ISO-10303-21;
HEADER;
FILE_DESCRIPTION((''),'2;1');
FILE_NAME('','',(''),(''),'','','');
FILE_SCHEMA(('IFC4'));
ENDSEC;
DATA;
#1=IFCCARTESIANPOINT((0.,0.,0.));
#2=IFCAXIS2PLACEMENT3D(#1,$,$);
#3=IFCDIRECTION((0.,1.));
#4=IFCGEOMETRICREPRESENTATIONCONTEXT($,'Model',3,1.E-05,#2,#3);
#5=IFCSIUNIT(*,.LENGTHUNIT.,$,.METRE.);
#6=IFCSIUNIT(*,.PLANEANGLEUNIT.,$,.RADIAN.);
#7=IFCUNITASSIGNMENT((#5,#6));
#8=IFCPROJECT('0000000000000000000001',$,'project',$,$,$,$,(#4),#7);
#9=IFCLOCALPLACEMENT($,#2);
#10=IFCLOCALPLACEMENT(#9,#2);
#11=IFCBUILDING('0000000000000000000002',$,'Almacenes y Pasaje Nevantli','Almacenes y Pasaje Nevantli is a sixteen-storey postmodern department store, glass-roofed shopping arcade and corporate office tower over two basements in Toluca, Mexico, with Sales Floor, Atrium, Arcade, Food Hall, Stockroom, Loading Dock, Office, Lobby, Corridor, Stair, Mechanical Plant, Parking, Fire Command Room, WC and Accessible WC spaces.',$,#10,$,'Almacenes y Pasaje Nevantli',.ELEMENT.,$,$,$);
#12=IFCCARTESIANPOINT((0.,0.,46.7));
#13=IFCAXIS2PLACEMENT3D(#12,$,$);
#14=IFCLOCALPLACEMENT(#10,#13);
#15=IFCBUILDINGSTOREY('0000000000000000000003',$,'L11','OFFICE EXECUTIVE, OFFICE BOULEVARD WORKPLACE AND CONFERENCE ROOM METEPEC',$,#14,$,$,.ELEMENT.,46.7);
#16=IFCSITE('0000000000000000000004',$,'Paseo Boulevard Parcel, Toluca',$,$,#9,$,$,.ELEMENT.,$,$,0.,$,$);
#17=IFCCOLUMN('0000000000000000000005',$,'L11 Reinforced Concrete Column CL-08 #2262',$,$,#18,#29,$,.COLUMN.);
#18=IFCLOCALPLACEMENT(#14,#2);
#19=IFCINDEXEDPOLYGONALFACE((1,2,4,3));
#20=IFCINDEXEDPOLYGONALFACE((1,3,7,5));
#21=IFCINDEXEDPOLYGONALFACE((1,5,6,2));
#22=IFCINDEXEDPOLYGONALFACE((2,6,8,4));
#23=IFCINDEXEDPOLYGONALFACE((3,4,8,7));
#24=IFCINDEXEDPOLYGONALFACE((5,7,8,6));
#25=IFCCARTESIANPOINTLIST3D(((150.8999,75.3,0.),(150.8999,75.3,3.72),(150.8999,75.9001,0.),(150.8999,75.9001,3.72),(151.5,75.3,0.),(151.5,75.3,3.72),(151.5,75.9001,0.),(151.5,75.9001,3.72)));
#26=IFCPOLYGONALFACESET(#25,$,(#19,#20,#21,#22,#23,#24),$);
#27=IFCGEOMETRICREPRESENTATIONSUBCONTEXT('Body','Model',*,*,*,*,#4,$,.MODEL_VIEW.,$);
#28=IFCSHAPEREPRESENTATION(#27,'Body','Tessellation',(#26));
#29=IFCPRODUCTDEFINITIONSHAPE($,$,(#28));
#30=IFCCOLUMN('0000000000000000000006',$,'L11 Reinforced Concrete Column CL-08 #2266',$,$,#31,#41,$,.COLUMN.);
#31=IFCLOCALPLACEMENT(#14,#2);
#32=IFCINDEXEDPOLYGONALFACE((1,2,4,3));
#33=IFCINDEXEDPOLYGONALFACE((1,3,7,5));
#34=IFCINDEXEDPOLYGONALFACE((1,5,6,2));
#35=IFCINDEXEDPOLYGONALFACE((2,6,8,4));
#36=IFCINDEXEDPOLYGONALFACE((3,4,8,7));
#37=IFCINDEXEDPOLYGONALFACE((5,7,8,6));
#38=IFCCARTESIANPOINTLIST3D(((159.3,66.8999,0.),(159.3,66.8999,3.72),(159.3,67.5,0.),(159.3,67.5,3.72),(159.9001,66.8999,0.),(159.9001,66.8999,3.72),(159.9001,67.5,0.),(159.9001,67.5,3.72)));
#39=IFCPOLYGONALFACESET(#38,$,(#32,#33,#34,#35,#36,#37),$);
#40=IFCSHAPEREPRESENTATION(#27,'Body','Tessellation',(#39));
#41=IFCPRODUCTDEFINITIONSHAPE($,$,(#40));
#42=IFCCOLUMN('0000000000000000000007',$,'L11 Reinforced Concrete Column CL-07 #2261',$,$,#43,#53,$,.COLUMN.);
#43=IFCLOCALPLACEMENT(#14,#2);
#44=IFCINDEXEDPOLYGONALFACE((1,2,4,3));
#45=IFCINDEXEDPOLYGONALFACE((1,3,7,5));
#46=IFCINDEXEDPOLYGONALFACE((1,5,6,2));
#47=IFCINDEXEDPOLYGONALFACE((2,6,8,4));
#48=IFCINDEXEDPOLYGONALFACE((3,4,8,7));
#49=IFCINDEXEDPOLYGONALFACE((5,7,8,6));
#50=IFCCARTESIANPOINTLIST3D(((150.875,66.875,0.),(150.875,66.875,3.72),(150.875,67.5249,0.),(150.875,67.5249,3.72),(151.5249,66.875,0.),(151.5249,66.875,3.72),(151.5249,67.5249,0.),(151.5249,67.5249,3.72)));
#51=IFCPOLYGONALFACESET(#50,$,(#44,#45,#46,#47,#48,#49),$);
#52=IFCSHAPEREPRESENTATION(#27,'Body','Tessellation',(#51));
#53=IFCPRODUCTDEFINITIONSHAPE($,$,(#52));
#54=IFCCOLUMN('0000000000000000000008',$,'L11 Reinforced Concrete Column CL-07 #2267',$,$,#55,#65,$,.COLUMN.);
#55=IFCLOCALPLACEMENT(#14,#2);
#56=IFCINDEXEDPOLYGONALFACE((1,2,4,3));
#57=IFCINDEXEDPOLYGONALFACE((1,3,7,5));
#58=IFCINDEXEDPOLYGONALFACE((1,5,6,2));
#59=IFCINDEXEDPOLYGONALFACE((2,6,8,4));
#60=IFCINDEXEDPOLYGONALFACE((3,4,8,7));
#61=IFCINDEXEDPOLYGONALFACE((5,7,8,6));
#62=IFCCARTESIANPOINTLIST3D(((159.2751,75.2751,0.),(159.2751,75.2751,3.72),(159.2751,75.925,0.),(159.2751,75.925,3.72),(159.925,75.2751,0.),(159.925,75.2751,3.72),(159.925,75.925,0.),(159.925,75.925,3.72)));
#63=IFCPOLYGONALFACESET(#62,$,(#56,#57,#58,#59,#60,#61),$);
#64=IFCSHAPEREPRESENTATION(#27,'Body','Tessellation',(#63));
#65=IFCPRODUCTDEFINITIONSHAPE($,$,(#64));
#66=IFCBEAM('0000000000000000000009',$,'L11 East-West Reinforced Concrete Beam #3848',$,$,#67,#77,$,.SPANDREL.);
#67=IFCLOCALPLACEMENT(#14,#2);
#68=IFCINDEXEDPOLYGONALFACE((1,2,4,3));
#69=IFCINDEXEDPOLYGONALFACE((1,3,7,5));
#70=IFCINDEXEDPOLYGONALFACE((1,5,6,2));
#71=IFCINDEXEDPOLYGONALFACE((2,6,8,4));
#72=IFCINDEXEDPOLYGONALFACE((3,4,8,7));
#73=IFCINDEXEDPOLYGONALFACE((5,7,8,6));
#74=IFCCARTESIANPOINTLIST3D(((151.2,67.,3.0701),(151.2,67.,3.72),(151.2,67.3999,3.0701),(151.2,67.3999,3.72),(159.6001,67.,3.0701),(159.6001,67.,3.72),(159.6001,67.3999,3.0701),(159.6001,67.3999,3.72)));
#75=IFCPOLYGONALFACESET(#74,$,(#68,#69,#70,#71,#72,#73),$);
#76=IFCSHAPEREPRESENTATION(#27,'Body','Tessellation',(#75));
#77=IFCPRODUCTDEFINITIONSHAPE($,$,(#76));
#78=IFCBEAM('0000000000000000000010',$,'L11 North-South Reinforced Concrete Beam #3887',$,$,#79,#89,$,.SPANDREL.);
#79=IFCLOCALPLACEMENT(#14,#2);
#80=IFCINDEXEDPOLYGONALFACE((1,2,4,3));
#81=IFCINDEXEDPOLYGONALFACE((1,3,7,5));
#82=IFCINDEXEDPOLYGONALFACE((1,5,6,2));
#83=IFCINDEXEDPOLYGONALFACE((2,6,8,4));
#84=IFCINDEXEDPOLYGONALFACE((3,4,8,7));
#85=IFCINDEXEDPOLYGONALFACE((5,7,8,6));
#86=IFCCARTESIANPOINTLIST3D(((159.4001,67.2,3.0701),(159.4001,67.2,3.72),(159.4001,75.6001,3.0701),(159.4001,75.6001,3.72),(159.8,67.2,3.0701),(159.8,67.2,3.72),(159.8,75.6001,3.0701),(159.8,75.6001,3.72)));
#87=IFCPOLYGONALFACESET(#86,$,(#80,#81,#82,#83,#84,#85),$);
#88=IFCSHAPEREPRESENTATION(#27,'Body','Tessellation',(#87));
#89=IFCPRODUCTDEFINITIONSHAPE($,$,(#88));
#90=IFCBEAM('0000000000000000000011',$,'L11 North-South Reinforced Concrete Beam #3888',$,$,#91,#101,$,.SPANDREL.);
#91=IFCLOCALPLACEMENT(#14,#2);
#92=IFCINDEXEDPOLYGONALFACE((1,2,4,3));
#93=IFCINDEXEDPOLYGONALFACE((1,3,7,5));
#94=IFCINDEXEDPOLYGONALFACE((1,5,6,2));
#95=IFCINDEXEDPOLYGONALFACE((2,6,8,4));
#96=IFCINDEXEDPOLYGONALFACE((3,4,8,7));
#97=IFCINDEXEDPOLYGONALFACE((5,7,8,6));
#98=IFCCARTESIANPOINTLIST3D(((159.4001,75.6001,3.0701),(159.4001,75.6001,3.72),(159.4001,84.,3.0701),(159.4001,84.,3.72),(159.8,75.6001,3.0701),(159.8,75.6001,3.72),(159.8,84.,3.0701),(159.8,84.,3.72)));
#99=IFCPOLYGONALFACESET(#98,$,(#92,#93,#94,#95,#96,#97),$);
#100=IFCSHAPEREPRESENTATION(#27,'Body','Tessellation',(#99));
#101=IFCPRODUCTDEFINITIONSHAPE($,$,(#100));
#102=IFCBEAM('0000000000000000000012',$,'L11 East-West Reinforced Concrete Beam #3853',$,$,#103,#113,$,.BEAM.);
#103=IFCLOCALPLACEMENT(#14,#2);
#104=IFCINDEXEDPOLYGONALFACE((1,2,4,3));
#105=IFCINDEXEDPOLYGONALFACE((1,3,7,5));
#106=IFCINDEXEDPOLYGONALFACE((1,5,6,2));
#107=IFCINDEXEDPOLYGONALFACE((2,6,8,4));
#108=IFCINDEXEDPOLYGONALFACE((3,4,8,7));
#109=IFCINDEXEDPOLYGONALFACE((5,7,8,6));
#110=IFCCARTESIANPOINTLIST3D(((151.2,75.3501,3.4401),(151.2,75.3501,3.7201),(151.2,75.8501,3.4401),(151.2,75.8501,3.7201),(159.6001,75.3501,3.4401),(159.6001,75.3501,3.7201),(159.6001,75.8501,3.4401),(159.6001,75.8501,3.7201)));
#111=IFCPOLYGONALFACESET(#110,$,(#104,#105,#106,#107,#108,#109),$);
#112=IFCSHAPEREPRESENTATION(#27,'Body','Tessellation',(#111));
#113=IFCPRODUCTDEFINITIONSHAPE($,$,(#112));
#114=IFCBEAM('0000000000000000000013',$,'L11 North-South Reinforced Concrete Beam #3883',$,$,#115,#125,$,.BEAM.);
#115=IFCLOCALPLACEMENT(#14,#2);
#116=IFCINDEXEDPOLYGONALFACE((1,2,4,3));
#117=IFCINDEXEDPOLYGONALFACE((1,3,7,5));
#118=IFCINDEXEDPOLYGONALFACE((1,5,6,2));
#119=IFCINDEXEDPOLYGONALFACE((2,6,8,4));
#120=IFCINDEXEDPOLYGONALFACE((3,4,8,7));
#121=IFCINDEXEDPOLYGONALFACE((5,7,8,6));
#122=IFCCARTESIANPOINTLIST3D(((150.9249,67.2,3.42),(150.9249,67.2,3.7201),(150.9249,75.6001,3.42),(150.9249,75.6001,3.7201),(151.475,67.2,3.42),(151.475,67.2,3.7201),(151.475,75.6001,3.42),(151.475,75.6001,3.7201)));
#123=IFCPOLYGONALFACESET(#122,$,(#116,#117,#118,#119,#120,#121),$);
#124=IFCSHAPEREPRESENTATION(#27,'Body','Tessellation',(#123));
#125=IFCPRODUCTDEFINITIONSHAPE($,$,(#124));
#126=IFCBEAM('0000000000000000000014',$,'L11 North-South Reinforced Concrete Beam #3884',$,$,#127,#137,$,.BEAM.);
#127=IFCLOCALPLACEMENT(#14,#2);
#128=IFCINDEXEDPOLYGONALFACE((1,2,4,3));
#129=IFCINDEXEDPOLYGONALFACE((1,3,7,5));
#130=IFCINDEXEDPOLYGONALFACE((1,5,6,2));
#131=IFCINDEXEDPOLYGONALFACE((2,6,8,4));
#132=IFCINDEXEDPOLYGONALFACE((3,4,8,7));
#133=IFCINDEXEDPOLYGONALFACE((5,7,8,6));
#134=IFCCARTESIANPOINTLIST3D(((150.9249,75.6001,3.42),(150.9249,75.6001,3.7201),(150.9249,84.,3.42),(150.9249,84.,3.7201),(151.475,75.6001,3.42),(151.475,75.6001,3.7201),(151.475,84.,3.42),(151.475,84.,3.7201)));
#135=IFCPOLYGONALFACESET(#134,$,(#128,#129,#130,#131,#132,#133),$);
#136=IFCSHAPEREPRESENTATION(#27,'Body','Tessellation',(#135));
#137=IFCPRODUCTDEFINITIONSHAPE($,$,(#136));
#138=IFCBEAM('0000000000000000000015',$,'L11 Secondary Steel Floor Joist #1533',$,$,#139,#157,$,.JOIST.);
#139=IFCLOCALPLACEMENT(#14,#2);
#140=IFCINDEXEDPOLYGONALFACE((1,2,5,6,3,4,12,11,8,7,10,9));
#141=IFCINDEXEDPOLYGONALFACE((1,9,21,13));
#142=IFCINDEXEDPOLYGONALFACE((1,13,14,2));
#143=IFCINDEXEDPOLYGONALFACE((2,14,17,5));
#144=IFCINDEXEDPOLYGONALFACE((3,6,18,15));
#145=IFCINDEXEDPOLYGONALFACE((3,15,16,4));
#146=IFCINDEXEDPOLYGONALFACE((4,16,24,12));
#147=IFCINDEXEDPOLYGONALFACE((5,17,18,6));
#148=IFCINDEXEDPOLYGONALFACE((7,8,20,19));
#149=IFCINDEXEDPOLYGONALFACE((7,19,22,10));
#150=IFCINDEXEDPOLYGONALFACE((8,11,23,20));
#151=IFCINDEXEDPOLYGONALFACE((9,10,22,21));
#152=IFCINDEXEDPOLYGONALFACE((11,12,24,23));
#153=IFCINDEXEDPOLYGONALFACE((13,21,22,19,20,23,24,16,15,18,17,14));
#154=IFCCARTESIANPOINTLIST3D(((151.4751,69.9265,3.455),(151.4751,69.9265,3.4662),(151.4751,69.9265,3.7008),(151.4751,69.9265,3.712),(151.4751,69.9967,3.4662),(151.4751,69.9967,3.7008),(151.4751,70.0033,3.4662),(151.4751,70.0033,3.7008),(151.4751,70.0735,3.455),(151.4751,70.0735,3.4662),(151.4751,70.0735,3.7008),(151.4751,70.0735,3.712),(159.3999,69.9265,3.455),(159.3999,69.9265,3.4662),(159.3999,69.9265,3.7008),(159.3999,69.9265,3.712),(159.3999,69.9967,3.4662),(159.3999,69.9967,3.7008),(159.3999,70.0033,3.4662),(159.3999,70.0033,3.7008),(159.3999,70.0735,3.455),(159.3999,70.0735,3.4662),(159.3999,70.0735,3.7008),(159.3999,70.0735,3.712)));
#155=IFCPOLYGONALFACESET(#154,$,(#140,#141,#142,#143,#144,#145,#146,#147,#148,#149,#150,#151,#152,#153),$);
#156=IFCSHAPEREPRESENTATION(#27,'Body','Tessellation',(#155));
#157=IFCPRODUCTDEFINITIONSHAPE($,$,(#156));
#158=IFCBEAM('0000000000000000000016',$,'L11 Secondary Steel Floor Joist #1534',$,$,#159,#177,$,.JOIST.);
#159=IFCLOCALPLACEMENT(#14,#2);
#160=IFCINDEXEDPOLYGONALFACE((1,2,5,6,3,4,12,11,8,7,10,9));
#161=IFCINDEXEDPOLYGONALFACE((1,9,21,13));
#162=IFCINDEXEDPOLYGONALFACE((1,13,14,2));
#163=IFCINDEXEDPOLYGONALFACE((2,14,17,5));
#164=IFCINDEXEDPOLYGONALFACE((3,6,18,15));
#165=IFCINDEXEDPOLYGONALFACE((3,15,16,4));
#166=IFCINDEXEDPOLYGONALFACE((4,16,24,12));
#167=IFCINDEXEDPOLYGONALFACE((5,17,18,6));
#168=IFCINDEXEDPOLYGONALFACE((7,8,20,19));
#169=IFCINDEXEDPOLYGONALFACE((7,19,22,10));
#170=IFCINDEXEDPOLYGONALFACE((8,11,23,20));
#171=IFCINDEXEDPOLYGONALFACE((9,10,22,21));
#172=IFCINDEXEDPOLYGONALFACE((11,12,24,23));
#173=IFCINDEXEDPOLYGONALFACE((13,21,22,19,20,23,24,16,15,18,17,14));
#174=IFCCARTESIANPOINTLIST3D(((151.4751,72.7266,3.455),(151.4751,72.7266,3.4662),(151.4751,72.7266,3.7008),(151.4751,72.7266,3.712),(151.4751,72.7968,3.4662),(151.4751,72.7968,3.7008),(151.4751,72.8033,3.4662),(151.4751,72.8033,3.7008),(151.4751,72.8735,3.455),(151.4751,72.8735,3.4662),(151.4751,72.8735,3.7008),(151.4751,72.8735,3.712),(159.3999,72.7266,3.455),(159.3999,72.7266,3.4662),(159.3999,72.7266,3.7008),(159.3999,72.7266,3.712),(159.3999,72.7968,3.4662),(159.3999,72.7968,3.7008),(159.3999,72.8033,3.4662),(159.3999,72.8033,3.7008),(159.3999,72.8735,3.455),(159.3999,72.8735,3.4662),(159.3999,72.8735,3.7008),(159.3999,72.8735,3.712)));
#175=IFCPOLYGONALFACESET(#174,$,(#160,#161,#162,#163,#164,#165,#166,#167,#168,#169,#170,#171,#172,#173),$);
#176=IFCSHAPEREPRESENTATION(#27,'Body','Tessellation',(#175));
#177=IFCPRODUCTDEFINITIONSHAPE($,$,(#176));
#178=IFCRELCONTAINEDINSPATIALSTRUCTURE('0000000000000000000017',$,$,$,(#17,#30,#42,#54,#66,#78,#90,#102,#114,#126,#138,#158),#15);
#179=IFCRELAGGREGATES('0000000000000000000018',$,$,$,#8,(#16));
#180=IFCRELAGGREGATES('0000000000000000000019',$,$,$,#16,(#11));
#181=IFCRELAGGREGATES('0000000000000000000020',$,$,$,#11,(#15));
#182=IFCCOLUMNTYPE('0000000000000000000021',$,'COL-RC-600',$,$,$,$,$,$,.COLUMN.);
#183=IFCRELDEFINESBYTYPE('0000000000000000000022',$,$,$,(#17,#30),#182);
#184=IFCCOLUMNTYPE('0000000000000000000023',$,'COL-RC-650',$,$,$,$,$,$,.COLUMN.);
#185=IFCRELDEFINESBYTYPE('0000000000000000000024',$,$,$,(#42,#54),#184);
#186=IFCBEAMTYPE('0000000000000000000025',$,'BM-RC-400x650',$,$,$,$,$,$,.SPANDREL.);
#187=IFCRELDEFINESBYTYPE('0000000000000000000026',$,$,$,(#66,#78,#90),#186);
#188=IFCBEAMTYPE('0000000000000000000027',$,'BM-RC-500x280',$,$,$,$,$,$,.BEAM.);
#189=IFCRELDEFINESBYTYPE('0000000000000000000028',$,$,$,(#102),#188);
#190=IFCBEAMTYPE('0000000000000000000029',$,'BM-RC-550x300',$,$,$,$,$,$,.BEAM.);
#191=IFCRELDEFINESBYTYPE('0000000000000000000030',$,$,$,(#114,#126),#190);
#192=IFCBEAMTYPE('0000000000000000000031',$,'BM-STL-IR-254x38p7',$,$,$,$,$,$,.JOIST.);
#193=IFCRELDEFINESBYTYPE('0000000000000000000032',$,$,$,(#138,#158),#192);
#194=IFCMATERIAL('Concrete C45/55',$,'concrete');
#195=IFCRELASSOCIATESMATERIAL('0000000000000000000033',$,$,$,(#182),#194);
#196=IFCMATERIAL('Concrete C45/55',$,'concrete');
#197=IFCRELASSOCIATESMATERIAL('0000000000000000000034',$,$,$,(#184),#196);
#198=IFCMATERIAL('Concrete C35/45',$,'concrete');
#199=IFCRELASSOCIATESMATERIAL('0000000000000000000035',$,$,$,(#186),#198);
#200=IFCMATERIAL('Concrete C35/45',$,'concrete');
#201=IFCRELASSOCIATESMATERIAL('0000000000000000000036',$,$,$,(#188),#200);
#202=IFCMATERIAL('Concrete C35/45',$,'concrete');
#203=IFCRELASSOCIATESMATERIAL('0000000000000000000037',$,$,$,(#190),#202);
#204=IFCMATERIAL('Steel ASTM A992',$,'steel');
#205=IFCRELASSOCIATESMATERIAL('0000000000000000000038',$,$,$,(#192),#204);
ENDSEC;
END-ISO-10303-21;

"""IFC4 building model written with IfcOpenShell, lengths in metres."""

from ifc_helpers import new_model, si_unit, direction, frame, origin, origin_2d, place, context, subcontext, project, spatial, rectangle, i_section, extrude, material, material_profile, profile_set, type_object, element, save


model = new_model("IFC4")

# Units and contexts
model_context = context("Model", 3, precision=1e-05, world=origin(), true_north=direction((0.0, 1.0)))
body_context = subcontext(model_context, "Body", "Model", "MODEL_VIEW")
ifc_project = project(units=[si_unit("LENGTHUNIT", "METRE"), si_unit("PLANEANGLEUNIT", "RADIAN")], contexts=[model_context])

# Site, building, storey
site_placement = place(None, origin())
site = spatial("IfcSite", under=ifc_project, at=site_placement, Name="Paseo Boulevard Parcel, Toluca", CompositionType="ELEMENT", RefElevation=0.0)
building_placement = place(site_placement, origin())
building = spatial("IfcBuilding", under=site, at=building_placement, Name="Almacenes y Pasaje Nevantli", Description="Almacenes y Pasaje Nevantli is a sixteen-storey postmodern department store, glass-roofed shopping arcade and corporate office tower over two basements in Toluca, Mexico, with Sales Floor, Atrium, Arcade, Food Hall, Stockroom, Loading Dock, Office, Lobby, Corridor, Stair, Mechanical Plant, Parking, Fire Command Room, WC and Accessible WC spaces.", LongName="Almacenes y Pasaje Nevantli", CompositionType="ELEMENT")
storey_placement = place(building_placement, frame((0.0, 0.0, 46.7)))
storey = spatial("IfcBuildingStorey", under=building, at=storey_placement, Name="L11", Description="OFFICE EXECUTIVE, OFFICE BOULEVARD WORKPLACE AND CONFERENCE ROOM METEPEC", CompositionType="ELEMENT", Elevation=46.7)

# Columns
ifc_material_1 = material(Name="Concrete C45/55", Category="concrete")
ifc_material_profile_1 = material_profile(ifc_material_1, rectangle(XDim=0.6001, YDim=0.6001, at=origin_2d()), Name="RC-COL-600x600")
ifc_profile_set_1 = profile_set([ifc_material_profile_1], Name="Concrete C45/55")
column_type_1 = type_object("IfcColumnType", Name="COL-RC-600", PredefinedType="COLUMN", material=ifc_profile_set_1)
for number, where, z_axis, x_axis, name in (
    (1, (151.2, 75.6001, 0.0), (0.0, 0.0, 1.0), (1.0, 0.0, 0.0), "L11 Reinforced Concrete Column CL-08 #2262"),
    (2, (159.6001, 67.2, 0.0), (0.0, 0.0, 1.0), (1.0, 0.0, 0.0), "L11 Reinforced Concrete Column CL-08 #2266"),
):
    element("IfcColumn", number, at=place(storey_placement, frame(where, z_axis=z_axis, x_axis=x_axis)), inside=storey, type_object=column_type_1, Name=name, PredefinedType="COLUMN", context=body_context, shape_type="SweptSolid", body=[
        extrude(rectangle(XDim=0.6001, YDim=0.6001, at=origin_2d()), origin(), (0.0, 0.0, 1.0), 3.72),
    ])
ifc_material_2 = material(Name="Concrete C45/55", Category="concrete")
ifc_material_profile_2 = material_profile(ifc_material_2, rectangle(XDim=0.6499, YDim=0.6499, at=origin_2d()), Name="RC-COL-650x650")
ifc_profile_set_2 = profile_set([ifc_material_profile_2], Name="Concrete C45/55")
column_type_2 = type_object("IfcColumnType", Name="COL-RC-650", PredefinedType="COLUMN", material=ifc_profile_set_2)
for number, where, z_axis, x_axis, name in (
    (3, (151.2, 67.2, 0.0), (0.0, 0.0, 1.0), (1.0, 0.0, 0.0), "L11 Reinforced Concrete Column CL-07 #2261"),
    (4, (159.6001, 75.6001, 0.0), (0.0, 0.0, 1.0), (1.0, 0.0, 0.0), "L11 Reinforced Concrete Column CL-07 #2267"),
):
    element("IfcColumn", number, at=place(storey_placement, frame(where, z_axis=z_axis, x_axis=x_axis)), inside=storey, type_object=column_type_2, Name=name, PredefinedType="COLUMN", context=body_context, shape_type="SweptSolid", body=[
        extrude(rectangle(XDim=0.6499, YDim=0.6499, at=origin_2d()), origin(), (0.0, 0.0, 1.0), 3.72),
    ])

# Beams
ifc_material_3 = material(Name="Concrete C35/45", Category="concrete")
ifc_material_profile_3 = material_profile(ifc_material_3, rectangle(XDim=0.3999, YDim=0.6499, at=origin_2d()), Name="RC-BM-400x650")
ifc_profile_set_3 = profile_set([ifc_material_profile_3], Name="Concrete C35/45")
beam_type_1 = type_object("IfcBeamType", Name="BM-RC-400x650", PredefinedType="SPANDREL", material=ifc_profile_set_3)
for number, where, z_axis, x_axis, name in (
    (5, (151.2, 67.2, 3.395), (1.0, 0.0, 0.0), (0.0, 1.0, 0.0), "L11 East-West Reinforced Concrete Beam #3848"),
    (6, (159.6001, 67.2, 3.395), (0.0, 1.0, 0.0), (-1.0, 0.0, 0.0), "L11 North-South Reinforced Concrete Beam #3887"),
):
    element("IfcBeam", number, at=place(storey_placement, frame(where, z_axis=z_axis, x_axis=x_axis)), inside=storey, type_object=beam_type_1, Name=name, PredefinedType="SPANDREL", context=body_context, shape_type="SweptSolid", body=[
        extrude(rectangle(XDim=0.3999, YDim=0.6499, at=origin_2d()), origin(), (0.0, 0.0, 1.0), 8.4001),
    ])
beam_1_placement = place(storey_placement, frame((159.6001, 75.6001, 3.395), z_axis=(0.0, 1.0, 0.0), x_axis=(-1.0, 0.0, 0.0)))
element("IfcBeam", 7, at=beam_1_placement, inside=storey, type_object=beam_type_1, Name="L11 North-South Reinforced Concrete Beam #3888", PredefinedType="SPANDREL", context=body_context, shape_type="SweptSolid", body=[
    extrude(rectangle(XDim=0.3999, YDim=0.6499, at=origin_2d()), origin(), (0.0, 0.0, 1.0), 8.3999),
])
ifc_material_4 = material(Name="Concrete C35/45", Category="concrete")
ifc_material_profile_4 = material_profile(ifc_material_4, rectangle(XDim=0.5, YDim=0.28, at=origin_2d()), Name="RC-BM-500x280")
ifc_profile_set_4 = profile_set([ifc_material_profile_4], Name="Concrete C35/45")
beam_type_2 = type_object("IfcBeamType", Name="BM-RC-500x280", PredefinedType="BEAM", material=ifc_profile_set_4)
beam_2_placement = place(storey_placement, frame((151.2, 75.6001, 3.5801), z_axis=(1.0, 0.0, 0.0), x_axis=(0.0, 1.0, 0.0)))
element("IfcBeam", 8, at=beam_2_placement, inside=storey, type_object=beam_type_2, Name="L11 East-West Reinforced Concrete Beam #3853", PredefinedType="BEAM", context=body_context, shape_type="SweptSolid", body=[
    extrude(rectangle(XDim=0.5, YDim=0.28, at=origin_2d()), origin(), (0.0, 0.0, 1.0), 8.4001),
])
ifc_material_5 = material(Name="Concrete C35/45", Category="concrete")
ifc_material_profile_5 = material_profile(ifc_material_5, rectangle(XDim=0.55, YDim=0.3, at=origin_2d()), Name="RC-BM-550x300")
ifc_profile_set_5 = profile_set([ifc_material_profile_5], Name="Concrete C35/45")
beam_type_3 = type_object("IfcBeamType", Name="BM-RC-550x300", PredefinedType="BEAM", material=ifc_profile_set_5)
beam_3_placement = place(storey_placement, frame((151.2, 67.2, 3.5701), z_axis=(0.0, 1.0, 0.0), x_axis=(-1.0, 0.0, 0.0)))
element("IfcBeam", 9, at=beam_3_placement, inside=storey, type_object=beam_type_3, Name="L11 North-South Reinforced Concrete Beam #3883", PredefinedType="BEAM", context=body_context, shape_type="SweptSolid", body=[
    extrude(rectangle(XDim=0.55, YDim=0.3, at=origin_2d()), origin(), (0.0, 0.0, 1.0), 8.4001),
])
beam_4_placement = place(storey_placement, frame((151.2, 75.6001, 3.5701), z_axis=(0.0, 1.0, 0.0), x_axis=(-1.0, 0.0, 0.0)))
element("IfcBeam", 10, at=beam_4_placement, inside=storey, type_object=beam_type_3, Name="L11 North-South Reinforced Concrete Beam #3884", PredefinedType="BEAM", context=body_context, shape_type="SweptSolid", body=[
    extrude(rectangle(XDim=0.55, YDim=0.3, at=origin_2d()), origin(), (0.0, 0.0, 1.0), 8.3999),
])
ifc_material_6 = material(Name="Steel ASTM A992", Category="steel")
ifc_material_profile_6 = material_profile(ifc_material_6, i_section(OverallWidth=0.147, OverallDepth=0.2571, WebThickness=0.0066, FlangeThickness=0.0112, at=origin_2d()), Name="IR 254x38.7")
ifc_profile_set_6 = profile_set([ifc_material_profile_6], Name="Steel ASTM A992")
beam_type_4 = type_object("IfcBeamType", Name="BM-STL-IR-254x38p7", PredefinedType="JOIST", material=ifc_profile_set_6)
for number, where, z_axis, x_axis, name in (
    (11, (151.4751, 70.0, 3.5835), (1.0, 0.0, 0.0), (0.0, 1.0, 0.0), "L11 Secondary Steel Floor Joist #1533"),
    (12, (151.4751, 72.8, 3.5835), (1.0, 0.0, 0.0), (0.0, 1.0, 0.0), "L11 Secondary Steel Floor Joist #1534"),
):
    element("IfcBeam", number, at=place(storey_placement, frame(where, z_axis=z_axis, x_axis=x_axis)), inside=storey, type_object=beam_type_4, Name=name, PredefinedType="JOIST", context=body_context, shape_type="SweptSolid", body=[
        extrude(i_section(OverallWidth=0.147, OverallDepth=0.2571, WebThickness=0.0066, FlangeThickness=0.0112, at=origin_2d()), origin(), (0.0, 0.0, 1.0), 7.9248),
    ])

save(model, "model.ifc")
